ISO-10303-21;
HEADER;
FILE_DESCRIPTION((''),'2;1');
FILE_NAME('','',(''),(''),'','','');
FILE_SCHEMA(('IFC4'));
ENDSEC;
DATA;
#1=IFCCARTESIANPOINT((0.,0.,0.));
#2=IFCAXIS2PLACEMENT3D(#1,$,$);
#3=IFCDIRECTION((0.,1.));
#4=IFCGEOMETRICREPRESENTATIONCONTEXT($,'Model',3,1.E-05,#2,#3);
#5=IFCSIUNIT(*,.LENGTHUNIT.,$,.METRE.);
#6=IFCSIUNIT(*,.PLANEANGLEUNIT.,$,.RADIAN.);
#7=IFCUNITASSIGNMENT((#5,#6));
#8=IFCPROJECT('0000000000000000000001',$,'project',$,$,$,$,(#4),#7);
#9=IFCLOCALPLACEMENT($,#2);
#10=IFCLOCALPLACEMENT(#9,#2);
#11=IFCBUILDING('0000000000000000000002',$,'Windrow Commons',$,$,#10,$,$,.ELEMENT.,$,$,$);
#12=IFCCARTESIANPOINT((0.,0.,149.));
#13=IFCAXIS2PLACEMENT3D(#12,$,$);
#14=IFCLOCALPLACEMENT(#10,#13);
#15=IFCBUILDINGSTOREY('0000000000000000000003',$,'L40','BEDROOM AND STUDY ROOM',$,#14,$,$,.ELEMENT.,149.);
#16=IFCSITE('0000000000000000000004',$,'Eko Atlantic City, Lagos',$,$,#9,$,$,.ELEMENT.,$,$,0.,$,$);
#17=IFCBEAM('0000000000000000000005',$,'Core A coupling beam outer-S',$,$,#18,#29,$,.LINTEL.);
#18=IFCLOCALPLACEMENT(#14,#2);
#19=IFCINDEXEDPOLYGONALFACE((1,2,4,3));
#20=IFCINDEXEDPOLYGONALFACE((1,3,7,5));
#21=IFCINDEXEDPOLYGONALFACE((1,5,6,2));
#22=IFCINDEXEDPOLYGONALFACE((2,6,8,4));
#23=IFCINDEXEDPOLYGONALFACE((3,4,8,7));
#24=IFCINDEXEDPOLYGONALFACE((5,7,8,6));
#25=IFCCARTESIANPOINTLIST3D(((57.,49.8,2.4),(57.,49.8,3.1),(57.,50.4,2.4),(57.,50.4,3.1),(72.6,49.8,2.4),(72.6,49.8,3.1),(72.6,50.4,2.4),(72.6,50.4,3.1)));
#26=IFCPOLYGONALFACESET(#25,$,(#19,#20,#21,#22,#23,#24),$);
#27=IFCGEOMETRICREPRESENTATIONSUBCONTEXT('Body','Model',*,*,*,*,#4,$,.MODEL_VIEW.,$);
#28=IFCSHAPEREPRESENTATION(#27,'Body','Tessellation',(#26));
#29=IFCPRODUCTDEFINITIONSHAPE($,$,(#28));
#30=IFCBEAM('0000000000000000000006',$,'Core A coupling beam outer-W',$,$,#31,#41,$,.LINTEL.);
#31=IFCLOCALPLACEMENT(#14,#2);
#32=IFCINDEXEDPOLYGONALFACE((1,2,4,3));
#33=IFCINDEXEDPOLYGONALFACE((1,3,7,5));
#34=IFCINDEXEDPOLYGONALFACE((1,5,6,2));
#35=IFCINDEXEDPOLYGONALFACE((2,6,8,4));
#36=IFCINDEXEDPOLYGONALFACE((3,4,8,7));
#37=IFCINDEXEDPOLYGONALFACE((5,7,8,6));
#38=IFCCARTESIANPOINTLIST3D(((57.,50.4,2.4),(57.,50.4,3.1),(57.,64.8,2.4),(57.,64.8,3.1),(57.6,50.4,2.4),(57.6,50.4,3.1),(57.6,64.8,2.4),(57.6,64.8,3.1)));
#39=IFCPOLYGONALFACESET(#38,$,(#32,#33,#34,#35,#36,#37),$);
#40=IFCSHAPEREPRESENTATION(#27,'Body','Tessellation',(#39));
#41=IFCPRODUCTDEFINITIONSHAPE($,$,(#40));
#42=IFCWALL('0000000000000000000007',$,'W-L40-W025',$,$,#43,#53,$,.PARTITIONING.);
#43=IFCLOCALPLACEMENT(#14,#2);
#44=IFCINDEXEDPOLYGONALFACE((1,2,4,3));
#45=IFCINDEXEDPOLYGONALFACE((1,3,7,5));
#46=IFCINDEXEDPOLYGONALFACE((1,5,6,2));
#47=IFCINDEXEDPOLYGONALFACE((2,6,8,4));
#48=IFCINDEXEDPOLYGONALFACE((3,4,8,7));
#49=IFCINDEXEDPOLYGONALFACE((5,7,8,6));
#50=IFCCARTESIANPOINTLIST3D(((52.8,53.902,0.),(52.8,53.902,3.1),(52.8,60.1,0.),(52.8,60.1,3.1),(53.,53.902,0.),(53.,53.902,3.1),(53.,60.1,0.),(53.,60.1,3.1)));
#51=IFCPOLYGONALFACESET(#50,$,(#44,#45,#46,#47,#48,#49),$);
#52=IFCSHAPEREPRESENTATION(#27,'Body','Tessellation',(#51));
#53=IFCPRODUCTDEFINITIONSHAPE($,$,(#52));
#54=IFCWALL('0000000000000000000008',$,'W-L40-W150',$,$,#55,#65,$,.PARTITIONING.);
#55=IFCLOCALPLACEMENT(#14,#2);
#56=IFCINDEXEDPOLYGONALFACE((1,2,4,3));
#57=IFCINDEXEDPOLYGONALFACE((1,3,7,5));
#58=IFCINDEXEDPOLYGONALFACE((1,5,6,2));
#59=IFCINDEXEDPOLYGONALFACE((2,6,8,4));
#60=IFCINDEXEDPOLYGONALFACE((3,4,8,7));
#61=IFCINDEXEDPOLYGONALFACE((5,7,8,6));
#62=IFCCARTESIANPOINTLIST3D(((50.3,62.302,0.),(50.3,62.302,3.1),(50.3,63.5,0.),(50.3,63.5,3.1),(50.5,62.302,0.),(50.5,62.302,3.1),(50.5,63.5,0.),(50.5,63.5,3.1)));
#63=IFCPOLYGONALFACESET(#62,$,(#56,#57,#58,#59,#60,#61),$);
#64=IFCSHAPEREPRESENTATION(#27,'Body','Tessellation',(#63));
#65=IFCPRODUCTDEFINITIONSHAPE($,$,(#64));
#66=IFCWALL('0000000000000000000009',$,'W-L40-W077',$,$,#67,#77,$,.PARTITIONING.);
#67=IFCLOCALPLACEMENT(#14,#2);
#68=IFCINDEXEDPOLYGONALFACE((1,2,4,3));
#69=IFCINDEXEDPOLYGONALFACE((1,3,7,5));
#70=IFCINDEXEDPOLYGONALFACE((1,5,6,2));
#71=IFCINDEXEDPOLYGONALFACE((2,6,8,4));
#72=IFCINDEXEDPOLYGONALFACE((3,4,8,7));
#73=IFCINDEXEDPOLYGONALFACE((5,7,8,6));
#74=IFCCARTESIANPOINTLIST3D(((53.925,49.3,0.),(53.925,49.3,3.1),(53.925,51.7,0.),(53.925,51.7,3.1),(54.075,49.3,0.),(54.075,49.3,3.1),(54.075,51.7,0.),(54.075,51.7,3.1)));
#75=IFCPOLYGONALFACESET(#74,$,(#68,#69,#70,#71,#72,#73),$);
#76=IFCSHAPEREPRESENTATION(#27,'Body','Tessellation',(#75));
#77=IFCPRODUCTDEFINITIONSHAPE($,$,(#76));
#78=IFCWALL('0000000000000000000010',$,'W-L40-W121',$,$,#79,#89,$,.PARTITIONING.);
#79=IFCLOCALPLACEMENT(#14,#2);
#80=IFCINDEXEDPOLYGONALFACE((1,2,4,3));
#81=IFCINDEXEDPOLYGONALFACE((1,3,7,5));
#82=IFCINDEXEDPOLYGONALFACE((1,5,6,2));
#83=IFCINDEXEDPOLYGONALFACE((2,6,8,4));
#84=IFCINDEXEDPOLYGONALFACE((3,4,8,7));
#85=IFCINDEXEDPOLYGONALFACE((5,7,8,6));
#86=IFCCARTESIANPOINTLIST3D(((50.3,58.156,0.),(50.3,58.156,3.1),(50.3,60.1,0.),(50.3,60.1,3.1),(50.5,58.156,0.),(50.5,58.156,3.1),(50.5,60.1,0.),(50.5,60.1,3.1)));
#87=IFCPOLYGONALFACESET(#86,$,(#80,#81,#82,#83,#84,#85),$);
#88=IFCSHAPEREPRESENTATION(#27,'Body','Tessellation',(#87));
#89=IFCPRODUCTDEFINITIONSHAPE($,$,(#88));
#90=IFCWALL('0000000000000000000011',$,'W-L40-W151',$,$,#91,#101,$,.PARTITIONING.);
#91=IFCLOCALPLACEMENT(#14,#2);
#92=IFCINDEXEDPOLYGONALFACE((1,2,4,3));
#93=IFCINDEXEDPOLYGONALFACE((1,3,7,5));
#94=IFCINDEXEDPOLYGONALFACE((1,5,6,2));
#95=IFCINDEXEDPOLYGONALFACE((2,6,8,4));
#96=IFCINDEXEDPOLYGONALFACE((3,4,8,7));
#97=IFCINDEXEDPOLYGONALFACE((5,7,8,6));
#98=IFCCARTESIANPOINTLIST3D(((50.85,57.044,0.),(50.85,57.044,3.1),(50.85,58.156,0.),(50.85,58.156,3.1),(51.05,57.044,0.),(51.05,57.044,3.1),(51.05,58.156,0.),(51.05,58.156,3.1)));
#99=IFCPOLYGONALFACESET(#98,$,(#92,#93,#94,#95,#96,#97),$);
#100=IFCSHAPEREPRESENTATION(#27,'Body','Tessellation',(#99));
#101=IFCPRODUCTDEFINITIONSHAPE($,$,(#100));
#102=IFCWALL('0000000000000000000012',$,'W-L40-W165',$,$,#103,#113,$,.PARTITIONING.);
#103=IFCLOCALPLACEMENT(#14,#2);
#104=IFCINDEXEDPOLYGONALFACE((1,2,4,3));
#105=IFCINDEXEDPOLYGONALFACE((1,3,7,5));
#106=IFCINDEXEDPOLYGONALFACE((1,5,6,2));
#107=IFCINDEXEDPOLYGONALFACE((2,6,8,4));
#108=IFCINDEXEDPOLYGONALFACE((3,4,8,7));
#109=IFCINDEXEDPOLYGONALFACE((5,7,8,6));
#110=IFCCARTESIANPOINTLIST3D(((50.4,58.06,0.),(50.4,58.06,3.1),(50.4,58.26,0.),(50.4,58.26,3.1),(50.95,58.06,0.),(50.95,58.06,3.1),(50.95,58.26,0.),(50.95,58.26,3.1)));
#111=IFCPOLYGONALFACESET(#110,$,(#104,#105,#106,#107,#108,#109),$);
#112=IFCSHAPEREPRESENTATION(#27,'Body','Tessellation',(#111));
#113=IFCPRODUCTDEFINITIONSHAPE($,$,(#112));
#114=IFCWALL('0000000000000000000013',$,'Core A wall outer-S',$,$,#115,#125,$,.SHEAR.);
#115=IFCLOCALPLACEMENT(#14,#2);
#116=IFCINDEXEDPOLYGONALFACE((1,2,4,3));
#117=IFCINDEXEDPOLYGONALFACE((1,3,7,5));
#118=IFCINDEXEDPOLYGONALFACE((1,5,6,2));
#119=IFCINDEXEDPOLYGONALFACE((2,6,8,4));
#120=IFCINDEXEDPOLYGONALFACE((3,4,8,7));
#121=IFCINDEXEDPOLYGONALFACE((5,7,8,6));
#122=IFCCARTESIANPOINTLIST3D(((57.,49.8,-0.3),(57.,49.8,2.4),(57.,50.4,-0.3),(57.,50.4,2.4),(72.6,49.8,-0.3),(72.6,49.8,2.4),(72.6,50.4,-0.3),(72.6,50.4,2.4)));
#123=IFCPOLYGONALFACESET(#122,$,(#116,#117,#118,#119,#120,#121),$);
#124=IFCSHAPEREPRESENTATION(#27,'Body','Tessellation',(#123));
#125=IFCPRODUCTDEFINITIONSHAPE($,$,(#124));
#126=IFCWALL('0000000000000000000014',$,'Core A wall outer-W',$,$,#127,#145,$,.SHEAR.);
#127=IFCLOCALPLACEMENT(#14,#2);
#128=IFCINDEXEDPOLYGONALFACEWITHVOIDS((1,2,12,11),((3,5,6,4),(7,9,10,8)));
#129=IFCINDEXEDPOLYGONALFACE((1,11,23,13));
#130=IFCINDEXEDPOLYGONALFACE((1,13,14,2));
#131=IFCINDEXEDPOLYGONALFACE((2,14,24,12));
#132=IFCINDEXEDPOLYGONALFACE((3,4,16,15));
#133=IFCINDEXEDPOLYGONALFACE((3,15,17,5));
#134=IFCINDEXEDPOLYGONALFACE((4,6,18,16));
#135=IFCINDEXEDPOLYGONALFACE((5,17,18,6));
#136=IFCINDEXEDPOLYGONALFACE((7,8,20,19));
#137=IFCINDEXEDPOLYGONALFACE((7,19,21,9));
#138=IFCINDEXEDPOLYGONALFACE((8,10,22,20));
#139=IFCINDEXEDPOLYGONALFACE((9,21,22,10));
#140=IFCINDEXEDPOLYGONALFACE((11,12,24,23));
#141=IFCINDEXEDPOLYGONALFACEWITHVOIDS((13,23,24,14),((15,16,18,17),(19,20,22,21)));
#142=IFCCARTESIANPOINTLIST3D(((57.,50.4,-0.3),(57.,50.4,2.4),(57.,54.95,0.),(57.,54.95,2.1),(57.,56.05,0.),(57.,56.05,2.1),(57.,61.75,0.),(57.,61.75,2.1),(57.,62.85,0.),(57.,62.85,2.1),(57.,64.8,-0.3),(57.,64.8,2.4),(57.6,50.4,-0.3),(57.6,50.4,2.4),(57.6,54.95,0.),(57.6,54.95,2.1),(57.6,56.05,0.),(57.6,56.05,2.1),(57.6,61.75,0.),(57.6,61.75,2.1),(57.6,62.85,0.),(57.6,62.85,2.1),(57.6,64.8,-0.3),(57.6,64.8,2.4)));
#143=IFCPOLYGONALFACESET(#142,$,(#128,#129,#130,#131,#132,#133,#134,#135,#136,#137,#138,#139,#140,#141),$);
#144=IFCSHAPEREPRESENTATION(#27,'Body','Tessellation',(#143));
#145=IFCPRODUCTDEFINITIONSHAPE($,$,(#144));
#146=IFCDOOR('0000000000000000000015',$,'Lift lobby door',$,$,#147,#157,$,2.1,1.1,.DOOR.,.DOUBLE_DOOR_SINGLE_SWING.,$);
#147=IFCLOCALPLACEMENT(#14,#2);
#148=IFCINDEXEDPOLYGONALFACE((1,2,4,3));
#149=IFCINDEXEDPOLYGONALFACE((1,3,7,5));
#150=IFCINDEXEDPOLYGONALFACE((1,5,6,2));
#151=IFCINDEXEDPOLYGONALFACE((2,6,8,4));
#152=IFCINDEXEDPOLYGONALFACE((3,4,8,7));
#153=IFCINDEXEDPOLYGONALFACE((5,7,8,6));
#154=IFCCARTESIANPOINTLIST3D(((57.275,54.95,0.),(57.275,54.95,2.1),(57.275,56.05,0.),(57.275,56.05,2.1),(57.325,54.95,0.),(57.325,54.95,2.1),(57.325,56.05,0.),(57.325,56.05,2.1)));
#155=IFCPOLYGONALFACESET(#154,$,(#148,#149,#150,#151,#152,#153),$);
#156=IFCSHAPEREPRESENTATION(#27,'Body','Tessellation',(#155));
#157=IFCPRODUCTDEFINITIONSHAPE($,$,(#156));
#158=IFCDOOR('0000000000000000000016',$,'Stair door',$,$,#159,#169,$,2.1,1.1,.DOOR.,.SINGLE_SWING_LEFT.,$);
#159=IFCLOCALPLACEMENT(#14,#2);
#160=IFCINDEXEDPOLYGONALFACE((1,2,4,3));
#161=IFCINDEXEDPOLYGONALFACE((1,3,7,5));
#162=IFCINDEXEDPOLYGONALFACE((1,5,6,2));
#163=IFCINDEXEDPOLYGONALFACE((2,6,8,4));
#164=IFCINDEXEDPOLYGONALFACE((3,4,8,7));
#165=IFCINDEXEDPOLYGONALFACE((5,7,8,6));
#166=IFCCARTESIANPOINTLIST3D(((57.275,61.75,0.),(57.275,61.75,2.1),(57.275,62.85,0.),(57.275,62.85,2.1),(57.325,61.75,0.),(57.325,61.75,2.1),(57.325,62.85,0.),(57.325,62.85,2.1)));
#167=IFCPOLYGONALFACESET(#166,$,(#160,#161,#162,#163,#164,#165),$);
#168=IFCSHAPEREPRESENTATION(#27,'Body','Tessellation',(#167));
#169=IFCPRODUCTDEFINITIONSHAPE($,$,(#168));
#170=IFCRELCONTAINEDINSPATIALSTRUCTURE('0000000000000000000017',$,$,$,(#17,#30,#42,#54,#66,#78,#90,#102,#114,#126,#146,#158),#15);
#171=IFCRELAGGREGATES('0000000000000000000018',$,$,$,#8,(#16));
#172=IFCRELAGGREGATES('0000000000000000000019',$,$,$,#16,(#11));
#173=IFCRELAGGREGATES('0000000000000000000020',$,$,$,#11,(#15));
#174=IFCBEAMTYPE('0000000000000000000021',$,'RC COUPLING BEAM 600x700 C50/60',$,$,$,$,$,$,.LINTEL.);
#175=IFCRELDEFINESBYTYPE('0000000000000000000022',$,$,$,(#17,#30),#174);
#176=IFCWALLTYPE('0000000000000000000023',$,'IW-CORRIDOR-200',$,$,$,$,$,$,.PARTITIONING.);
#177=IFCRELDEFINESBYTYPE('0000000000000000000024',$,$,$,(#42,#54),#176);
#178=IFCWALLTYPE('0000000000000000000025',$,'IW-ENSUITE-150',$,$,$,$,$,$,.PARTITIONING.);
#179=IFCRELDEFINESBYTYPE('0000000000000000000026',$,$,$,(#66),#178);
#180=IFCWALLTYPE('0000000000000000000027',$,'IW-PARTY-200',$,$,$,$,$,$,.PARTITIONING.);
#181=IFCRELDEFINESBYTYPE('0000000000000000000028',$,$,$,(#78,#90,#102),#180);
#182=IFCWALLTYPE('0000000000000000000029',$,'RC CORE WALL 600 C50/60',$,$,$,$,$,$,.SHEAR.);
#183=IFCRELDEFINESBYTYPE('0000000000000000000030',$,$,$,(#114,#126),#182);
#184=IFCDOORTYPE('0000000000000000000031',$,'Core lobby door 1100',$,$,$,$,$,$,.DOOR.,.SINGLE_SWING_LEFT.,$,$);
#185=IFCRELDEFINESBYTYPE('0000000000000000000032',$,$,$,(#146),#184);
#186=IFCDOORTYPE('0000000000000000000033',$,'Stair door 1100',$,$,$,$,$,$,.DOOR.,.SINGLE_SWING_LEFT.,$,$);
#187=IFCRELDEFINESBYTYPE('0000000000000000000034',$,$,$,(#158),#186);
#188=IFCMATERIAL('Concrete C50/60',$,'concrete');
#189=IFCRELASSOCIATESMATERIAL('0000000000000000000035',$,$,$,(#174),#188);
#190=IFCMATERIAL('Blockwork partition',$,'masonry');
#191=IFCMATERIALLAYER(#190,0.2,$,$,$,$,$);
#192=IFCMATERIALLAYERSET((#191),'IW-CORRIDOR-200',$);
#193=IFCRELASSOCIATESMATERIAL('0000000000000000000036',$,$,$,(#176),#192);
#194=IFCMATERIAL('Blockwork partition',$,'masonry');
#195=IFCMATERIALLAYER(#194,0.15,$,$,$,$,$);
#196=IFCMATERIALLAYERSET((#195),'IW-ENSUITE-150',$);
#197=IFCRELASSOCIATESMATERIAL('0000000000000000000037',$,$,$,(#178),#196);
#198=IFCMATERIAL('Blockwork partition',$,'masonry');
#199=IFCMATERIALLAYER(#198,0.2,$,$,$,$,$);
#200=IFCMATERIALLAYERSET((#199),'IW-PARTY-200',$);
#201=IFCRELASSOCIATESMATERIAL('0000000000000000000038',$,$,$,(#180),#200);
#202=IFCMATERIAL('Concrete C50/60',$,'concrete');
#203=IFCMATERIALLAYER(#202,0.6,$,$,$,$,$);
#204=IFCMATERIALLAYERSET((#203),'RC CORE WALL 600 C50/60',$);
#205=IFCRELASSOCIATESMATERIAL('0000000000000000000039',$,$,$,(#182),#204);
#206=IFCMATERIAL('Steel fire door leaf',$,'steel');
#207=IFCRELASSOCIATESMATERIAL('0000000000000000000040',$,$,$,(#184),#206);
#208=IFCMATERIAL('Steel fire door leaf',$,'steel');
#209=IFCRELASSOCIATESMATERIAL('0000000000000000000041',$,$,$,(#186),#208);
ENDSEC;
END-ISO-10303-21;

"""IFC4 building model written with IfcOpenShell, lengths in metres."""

from ifc_helpers import new_model, si_unit, direction, frame, frame_2d, origin, origin_2d, place, context, subcontext, project, spatial, rectangle, extrude, material, layer, layer_set, material_profile, profile_set, type_object, element, fill, save


model = new_model("IFC4")

# Units and contexts
model_context = context("Model", 3, precision=1e-05, world=origin(), true_north=direction((0.0, 1.0)))
body_context = subcontext(model_context, "Body", "Model", "MODEL_VIEW")
ifc_project = project(units=[si_unit("LENGTHUNIT", "METRE"), si_unit("PLANEANGLEUNIT", "RADIAN")], contexts=[model_context])

# Site, building, storey
site_placement = place(None, origin())
site = spatial("IfcSite", under=ifc_project, at=site_placement, Name="Eko Atlantic City, Lagos", CompositionType="ELEMENT", RefElevation=0.0)
building_placement = place(site_placement, origin())
building = spatial("IfcBuilding", under=site, at=building_placement, Name="Windrow Commons", CompositionType="ELEMENT")
storey_placement = place(building_placement, frame((0.0, 0.0, 149.0)))
storey = spatial("IfcBuildingStorey", under=building, at=storey_placement, Name="L40", Description="BEDROOM AND STUDY ROOM", CompositionType="ELEMENT", Elevation=149.0)

# Beams
ifc_material_1 = material(Name="Concrete C50/60", Category="concrete")
ifc_material_profile = material_profile(ifc_material_1, rectangle(XDim=0.6, YDim=0.7, at=origin_2d()))
ifc_profile_set = profile_set([ifc_material_profile], Name="Concrete C50/60")
beam_type = type_object("IfcBeamType", Name="RC COUPLING BEAM 600x700 C50/60", PredefinedType="LINTEL", material=ifc_profile_set)
beam_1_placement = place(storey_placement, frame((57.0, 50.1, 2.75), z_axis=(1.0, 0.0, 0.0), x_axis=(0.0, 1.0, 0.0)))
element("IfcBeam", 1, at=beam_1_placement, inside=storey, type_object=beam_type, Name="Core A coupling beam outer-S", PredefinedType="LINTEL", context=body_context, shape_type="SweptSolid", body=[
    extrude(rectangle(XDim=0.6, YDim=0.7, at=origin_2d()), origin(), (0.0, 0.0, 1.0), 15.6),
])
beam_2_placement = place(storey_placement, frame((57.3, 50.4, 2.75), z_axis=(0.0, 1.0, 0.0), x_axis=(-1.0, 0.0, 0.0)))
element("IfcBeam", 2, at=beam_2_placement, inside=storey, type_object=beam_type, Name="Core A coupling beam outer-W", PredefinedType="LINTEL", context=body_context, shape_type="SweptSolid", body=[
    extrude(rectangle(XDim=0.6, YDim=0.7, at=origin_2d()), origin(), (0.0, 0.0, 1.0), 14.4),
])

# Walls
ifc_material_2 = material(Name="Blockwork partition", Category="masonry")
ifc_layer_1 = layer(ifc_material_2, 0.2)
ifc_layer_set_1 = layer_set([ifc_layer_1], Name="IW-CORRIDOR-200")
wall_type_1 = type_object("IfcWallType", Name="IW-CORRIDOR-200", PredefinedType="PARTITIONING", material=ifc_layer_set_1)
wall_1_placement = place(storey_placement, frame((52.9, 53.902, 0.0), z_axis=(0.0, 0.0, 1.0), x_axis=(0.0, 1.0, 0.0)))
element("IfcWall", 3, at=wall_1_placement, inside=storey, type_object=wall_type_1, Name="W-L40-W025", PredefinedType="PARTITIONING", context=body_context, shape_type="SweptSolid", body=[
    extrude(rectangle(XDim=6.198, YDim=0.2, at=frame_2d((3.099, 0.0))), origin(), (0.0, 0.0, 1.0), 3.1),
])
wall_2_placement = place(storey_placement, frame((50.4, 62.302, 0.0), z_axis=(0.0, 0.0, 1.0), x_axis=(0.0, 1.0, 0.0)))
element("IfcWall", 4, at=wall_2_placement, inside=storey, type_object=wall_type_1, Name="W-L40-W150", PredefinedType="PARTITIONING", context=body_context, shape_type="SweptSolid", body=[
    extrude(rectangle(XDim=1.198, YDim=0.2, at=frame_2d((0.599, 0.0))), origin(), (0.0, 0.0, 1.0), 3.1),
])
ifc_material_3 = material(Name="Blockwork partition", Category="masonry")
ifc_layer_2 = layer(ifc_material_3, 0.15)
ifc_layer_set_2 = layer_set([ifc_layer_2], Name="IW-ENSUITE-150")
wall_type_2 = type_object("IfcWallType", Name="IW-ENSUITE-150", PredefinedType="PARTITIONING", material=ifc_layer_set_2)
wall_3_placement = place(storey_placement, frame((54.0, 49.3, 0.0), z_axis=(0.0, 0.0, 1.0), x_axis=(0.0, 1.0, 0.0)))
element("IfcWall", 5, at=wall_3_placement, inside=storey, type_object=wall_type_2, Name="W-L40-W077", PredefinedType="PARTITIONING", context=body_context, shape_type="SweptSolid", body=[
    extrude(rectangle(XDim=2.4, YDim=0.15, at=frame_2d((1.2, 0.0))), origin(), (0.0, 0.0, 1.0), 3.1),
])
ifc_material_4 = material(Name="Blockwork partition", Category="masonry")
ifc_layer_3 = layer(ifc_material_4, 0.2)
ifc_layer_set_3 = layer_set([ifc_layer_3], Name="IW-PARTY-200")
wall_type_3 = type_object("IfcWallType", Name="IW-PARTY-200", PredefinedType="PARTITIONING", material=ifc_layer_set_3)
wall_4_placement = place(storey_placement, frame((50.4, 58.156, 0.0), z_axis=(0.0, 0.0, 1.0), x_axis=(0.0, 1.0, 0.0)))
element("IfcWall", 6, at=wall_4_placement, inside=storey, type_object=wall_type_3, Name="W-L40-W121", PredefinedType="PARTITIONING", context=body_context, shape_type="SweptSolid", body=[
    extrude(rectangle(XDim=1.944, YDim=0.2, at=frame_2d((0.972, 0.0))), origin(), (0.0, 0.0, 1.0), 3.1),
])
wall_5_placement = place(storey_placement, frame((50.95, 57.044, 0.0), z_axis=(0.0, 0.0, 1.0), x_axis=(0.0, 1.0, 0.0)))
element("IfcWall", 7, at=wall_5_placement, inside=storey, type_object=wall_type_3, Name="W-L40-W151", PredefinedType="PARTITIONING", context=body_context, shape_type="SweptSolid", body=[
    extrude(rectangle(XDim=1.112, YDim=0.2, at=frame_2d((0.556, 0.0))), origin(), (0.0, 0.0, 1.0), 3.1),
])
wall_6_placement = place(storey_placement, frame((50.4, 58.16, 0.0), z_axis=(0.0, 0.0, 1.0), x_axis=(1.0, 0.0, 0.0)))
element("IfcWall", 8, at=wall_6_placement, inside=storey, type_object=wall_type_3, Name="W-L40-W165", PredefinedType="PARTITIONING", context=body_context, shape_type="SweptSolid", body=[
    extrude(rectangle(XDim=0.55, YDim=0.2, at=frame_2d((0.275, 0.0))), origin(), (0.0, 0.0, 1.0), 3.1),
])
ifc_material_5 = material(Name="Concrete C50/60", Category="concrete")
ifc_layer_4 = layer(ifc_material_5, 0.6)
ifc_layer_set_4 = layer_set([ifc_layer_4], Name="RC CORE WALL 600 C50/60")
wall_type_4 = type_object("IfcWallType", Name="RC CORE WALL 600 C50/60", PredefinedType="SHEAR", material=ifc_layer_set_4)
wall_7_placement = place(storey_placement, frame((57.0, 50.1, -0.3), z_axis=(0.0, 0.0, 1.0), x_axis=(1.0, 0.0, 0.0)))
element("IfcWall", 9, at=wall_7_placement, inside=storey, type_object=wall_type_4, Name="Core A wall outer-S", PredefinedType="SHEAR", context=body_context, shape_type="SweptSolid", body=[
    extrude(rectangle(XDim=15.6, YDim=0.6, at=frame_2d((7.8, 0.0))), origin(), (0.0, 0.0, 1.0), 2.7),
])

# Wall, openings, doors
wall_8_placement = place(storey_placement, frame((57.3, 50.4, -0.3), z_axis=(0.0, 0.0, 1.0), x_axis=(0.0, 1.0, 0.0)))
wall_8 = element("IfcWall", 10, at=wall_8_placement, inside=storey, type_object=wall_type_4, Name="Core A wall outer-W", PredefinedType="SHEAR", context=body_context, shape_type="SweptSolid", body=[
    extrude(rectangle(XDim=14.4, YDim=0.6, at=frame_2d((7.2, 0.0))), origin(), (0.0, 0.0, 1.0), 2.7),
])
opening_1_placement = place(wall_8_placement, frame((4.55, 0.0, 0.3)))
opening_1 = element("IfcOpeningElement", 11, at=opening_1_placement, cuts=wall_8, PredefinedType="OPENING", context=body_context, shape_type="SweptSolid", body=[
    extrude(rectangle(XDim=1.1, YDim=2.1, at=frame_2d((0.55, 1.05))), frame((0.0, 0.31, 0.0), z_axis=(0.0, -1.0, 0.0), x_axis=(1.0, 0.0, 0.0)), (0.0, 0.0, 1.0), 0.62),
])
opening_2_placement = place(wall_8_placement, frame((11.35, 0.0, 0.3)))
opening_2 = element("IfcOpeningElement", 12, at=opening_2_placement, cuts=wall_8, PredefinedType="OPENING", context=body_context, shape_type="SweptSolid", body=[
    extrude(rectangle(XDim=1.1, YDim=2.1, at=frame_2d((0.55, 1.05))), frame((0.0, 0.31, 0.0), z_axis=(0.0, -1.0, 0.0), x_axis=(1.0, 0.0, 0.0)), (0.0, 0.0, 1.0), 0.62),
])
ifc_material_6 = material(Name="Steel fire door leaf", Category="steel")
door_type_1 = type_object("IfcDoorType", Name="Core lobby door 1100", OperationType="SINGLE_SWING_LEFT", PredefinedType="DOOR", material=ifc_material_6)
door_1_placement = place(opening_1_placement, origin())
door_1 = element("IfcDoor", 13, at=door_1_placement, inside=storey, type_object=door_type_1, Name="Lift lobby door", OperationType="DOUBLE_DOOR_SINGLE_SWING", OverallHeight=2.1, OverallWidth=1.1, PredefinedType="DOOR", context=body_context, shape_type="SweptSolid", body=[
    extrude(rectangle(XDim=1.1, YDim=2.1, at=frame_2d((0.55, 1.05))), frame((0.0, 0.025, 0.0), z_axis=(0.0, -1.0, 0.0), x_axis=(1.0, 0.0, 0.0)), (0.0, 0.0, 1.0), 0.05),
])
fill(opening_1, door_1)
ifc_material_7 = material(Name="Steel fire door leaf", Category="steel")
door_type_2 = type_object("IfcDoorType", Name="Stair door 1100", OperationType="SINGLE_SWING_LEFT", PredefinedType="DOOR", material=ifc_material_7)
door_2_placement = place(opening_2_placement, origin())
door_2 = element("IfcDoor", 14, at=door_2_placement, inside=storey, type_object=door_type_2, Name="Stair door", OperationType="SINGLE_SWING_LEFT", OverallHeight=2.1, OverallWidth=1.1, PredefinedType="DOOR", context=body_context, shape_type="SweptSolid", body=[
    extrude(rectangle(XDim=1.1, YDim=2.1, at=frame_2d((0.55, 1.05))), frame((0.0, 0.025, 0.0), z_axis=(0.0, -1.0, 0.0), x_axis=(1.0, 0.0, 0.0)), (0.0, 0.0, 1.0), 0.05),
])
fill(opening_2, door_2)

save(model, "model.ifc")
